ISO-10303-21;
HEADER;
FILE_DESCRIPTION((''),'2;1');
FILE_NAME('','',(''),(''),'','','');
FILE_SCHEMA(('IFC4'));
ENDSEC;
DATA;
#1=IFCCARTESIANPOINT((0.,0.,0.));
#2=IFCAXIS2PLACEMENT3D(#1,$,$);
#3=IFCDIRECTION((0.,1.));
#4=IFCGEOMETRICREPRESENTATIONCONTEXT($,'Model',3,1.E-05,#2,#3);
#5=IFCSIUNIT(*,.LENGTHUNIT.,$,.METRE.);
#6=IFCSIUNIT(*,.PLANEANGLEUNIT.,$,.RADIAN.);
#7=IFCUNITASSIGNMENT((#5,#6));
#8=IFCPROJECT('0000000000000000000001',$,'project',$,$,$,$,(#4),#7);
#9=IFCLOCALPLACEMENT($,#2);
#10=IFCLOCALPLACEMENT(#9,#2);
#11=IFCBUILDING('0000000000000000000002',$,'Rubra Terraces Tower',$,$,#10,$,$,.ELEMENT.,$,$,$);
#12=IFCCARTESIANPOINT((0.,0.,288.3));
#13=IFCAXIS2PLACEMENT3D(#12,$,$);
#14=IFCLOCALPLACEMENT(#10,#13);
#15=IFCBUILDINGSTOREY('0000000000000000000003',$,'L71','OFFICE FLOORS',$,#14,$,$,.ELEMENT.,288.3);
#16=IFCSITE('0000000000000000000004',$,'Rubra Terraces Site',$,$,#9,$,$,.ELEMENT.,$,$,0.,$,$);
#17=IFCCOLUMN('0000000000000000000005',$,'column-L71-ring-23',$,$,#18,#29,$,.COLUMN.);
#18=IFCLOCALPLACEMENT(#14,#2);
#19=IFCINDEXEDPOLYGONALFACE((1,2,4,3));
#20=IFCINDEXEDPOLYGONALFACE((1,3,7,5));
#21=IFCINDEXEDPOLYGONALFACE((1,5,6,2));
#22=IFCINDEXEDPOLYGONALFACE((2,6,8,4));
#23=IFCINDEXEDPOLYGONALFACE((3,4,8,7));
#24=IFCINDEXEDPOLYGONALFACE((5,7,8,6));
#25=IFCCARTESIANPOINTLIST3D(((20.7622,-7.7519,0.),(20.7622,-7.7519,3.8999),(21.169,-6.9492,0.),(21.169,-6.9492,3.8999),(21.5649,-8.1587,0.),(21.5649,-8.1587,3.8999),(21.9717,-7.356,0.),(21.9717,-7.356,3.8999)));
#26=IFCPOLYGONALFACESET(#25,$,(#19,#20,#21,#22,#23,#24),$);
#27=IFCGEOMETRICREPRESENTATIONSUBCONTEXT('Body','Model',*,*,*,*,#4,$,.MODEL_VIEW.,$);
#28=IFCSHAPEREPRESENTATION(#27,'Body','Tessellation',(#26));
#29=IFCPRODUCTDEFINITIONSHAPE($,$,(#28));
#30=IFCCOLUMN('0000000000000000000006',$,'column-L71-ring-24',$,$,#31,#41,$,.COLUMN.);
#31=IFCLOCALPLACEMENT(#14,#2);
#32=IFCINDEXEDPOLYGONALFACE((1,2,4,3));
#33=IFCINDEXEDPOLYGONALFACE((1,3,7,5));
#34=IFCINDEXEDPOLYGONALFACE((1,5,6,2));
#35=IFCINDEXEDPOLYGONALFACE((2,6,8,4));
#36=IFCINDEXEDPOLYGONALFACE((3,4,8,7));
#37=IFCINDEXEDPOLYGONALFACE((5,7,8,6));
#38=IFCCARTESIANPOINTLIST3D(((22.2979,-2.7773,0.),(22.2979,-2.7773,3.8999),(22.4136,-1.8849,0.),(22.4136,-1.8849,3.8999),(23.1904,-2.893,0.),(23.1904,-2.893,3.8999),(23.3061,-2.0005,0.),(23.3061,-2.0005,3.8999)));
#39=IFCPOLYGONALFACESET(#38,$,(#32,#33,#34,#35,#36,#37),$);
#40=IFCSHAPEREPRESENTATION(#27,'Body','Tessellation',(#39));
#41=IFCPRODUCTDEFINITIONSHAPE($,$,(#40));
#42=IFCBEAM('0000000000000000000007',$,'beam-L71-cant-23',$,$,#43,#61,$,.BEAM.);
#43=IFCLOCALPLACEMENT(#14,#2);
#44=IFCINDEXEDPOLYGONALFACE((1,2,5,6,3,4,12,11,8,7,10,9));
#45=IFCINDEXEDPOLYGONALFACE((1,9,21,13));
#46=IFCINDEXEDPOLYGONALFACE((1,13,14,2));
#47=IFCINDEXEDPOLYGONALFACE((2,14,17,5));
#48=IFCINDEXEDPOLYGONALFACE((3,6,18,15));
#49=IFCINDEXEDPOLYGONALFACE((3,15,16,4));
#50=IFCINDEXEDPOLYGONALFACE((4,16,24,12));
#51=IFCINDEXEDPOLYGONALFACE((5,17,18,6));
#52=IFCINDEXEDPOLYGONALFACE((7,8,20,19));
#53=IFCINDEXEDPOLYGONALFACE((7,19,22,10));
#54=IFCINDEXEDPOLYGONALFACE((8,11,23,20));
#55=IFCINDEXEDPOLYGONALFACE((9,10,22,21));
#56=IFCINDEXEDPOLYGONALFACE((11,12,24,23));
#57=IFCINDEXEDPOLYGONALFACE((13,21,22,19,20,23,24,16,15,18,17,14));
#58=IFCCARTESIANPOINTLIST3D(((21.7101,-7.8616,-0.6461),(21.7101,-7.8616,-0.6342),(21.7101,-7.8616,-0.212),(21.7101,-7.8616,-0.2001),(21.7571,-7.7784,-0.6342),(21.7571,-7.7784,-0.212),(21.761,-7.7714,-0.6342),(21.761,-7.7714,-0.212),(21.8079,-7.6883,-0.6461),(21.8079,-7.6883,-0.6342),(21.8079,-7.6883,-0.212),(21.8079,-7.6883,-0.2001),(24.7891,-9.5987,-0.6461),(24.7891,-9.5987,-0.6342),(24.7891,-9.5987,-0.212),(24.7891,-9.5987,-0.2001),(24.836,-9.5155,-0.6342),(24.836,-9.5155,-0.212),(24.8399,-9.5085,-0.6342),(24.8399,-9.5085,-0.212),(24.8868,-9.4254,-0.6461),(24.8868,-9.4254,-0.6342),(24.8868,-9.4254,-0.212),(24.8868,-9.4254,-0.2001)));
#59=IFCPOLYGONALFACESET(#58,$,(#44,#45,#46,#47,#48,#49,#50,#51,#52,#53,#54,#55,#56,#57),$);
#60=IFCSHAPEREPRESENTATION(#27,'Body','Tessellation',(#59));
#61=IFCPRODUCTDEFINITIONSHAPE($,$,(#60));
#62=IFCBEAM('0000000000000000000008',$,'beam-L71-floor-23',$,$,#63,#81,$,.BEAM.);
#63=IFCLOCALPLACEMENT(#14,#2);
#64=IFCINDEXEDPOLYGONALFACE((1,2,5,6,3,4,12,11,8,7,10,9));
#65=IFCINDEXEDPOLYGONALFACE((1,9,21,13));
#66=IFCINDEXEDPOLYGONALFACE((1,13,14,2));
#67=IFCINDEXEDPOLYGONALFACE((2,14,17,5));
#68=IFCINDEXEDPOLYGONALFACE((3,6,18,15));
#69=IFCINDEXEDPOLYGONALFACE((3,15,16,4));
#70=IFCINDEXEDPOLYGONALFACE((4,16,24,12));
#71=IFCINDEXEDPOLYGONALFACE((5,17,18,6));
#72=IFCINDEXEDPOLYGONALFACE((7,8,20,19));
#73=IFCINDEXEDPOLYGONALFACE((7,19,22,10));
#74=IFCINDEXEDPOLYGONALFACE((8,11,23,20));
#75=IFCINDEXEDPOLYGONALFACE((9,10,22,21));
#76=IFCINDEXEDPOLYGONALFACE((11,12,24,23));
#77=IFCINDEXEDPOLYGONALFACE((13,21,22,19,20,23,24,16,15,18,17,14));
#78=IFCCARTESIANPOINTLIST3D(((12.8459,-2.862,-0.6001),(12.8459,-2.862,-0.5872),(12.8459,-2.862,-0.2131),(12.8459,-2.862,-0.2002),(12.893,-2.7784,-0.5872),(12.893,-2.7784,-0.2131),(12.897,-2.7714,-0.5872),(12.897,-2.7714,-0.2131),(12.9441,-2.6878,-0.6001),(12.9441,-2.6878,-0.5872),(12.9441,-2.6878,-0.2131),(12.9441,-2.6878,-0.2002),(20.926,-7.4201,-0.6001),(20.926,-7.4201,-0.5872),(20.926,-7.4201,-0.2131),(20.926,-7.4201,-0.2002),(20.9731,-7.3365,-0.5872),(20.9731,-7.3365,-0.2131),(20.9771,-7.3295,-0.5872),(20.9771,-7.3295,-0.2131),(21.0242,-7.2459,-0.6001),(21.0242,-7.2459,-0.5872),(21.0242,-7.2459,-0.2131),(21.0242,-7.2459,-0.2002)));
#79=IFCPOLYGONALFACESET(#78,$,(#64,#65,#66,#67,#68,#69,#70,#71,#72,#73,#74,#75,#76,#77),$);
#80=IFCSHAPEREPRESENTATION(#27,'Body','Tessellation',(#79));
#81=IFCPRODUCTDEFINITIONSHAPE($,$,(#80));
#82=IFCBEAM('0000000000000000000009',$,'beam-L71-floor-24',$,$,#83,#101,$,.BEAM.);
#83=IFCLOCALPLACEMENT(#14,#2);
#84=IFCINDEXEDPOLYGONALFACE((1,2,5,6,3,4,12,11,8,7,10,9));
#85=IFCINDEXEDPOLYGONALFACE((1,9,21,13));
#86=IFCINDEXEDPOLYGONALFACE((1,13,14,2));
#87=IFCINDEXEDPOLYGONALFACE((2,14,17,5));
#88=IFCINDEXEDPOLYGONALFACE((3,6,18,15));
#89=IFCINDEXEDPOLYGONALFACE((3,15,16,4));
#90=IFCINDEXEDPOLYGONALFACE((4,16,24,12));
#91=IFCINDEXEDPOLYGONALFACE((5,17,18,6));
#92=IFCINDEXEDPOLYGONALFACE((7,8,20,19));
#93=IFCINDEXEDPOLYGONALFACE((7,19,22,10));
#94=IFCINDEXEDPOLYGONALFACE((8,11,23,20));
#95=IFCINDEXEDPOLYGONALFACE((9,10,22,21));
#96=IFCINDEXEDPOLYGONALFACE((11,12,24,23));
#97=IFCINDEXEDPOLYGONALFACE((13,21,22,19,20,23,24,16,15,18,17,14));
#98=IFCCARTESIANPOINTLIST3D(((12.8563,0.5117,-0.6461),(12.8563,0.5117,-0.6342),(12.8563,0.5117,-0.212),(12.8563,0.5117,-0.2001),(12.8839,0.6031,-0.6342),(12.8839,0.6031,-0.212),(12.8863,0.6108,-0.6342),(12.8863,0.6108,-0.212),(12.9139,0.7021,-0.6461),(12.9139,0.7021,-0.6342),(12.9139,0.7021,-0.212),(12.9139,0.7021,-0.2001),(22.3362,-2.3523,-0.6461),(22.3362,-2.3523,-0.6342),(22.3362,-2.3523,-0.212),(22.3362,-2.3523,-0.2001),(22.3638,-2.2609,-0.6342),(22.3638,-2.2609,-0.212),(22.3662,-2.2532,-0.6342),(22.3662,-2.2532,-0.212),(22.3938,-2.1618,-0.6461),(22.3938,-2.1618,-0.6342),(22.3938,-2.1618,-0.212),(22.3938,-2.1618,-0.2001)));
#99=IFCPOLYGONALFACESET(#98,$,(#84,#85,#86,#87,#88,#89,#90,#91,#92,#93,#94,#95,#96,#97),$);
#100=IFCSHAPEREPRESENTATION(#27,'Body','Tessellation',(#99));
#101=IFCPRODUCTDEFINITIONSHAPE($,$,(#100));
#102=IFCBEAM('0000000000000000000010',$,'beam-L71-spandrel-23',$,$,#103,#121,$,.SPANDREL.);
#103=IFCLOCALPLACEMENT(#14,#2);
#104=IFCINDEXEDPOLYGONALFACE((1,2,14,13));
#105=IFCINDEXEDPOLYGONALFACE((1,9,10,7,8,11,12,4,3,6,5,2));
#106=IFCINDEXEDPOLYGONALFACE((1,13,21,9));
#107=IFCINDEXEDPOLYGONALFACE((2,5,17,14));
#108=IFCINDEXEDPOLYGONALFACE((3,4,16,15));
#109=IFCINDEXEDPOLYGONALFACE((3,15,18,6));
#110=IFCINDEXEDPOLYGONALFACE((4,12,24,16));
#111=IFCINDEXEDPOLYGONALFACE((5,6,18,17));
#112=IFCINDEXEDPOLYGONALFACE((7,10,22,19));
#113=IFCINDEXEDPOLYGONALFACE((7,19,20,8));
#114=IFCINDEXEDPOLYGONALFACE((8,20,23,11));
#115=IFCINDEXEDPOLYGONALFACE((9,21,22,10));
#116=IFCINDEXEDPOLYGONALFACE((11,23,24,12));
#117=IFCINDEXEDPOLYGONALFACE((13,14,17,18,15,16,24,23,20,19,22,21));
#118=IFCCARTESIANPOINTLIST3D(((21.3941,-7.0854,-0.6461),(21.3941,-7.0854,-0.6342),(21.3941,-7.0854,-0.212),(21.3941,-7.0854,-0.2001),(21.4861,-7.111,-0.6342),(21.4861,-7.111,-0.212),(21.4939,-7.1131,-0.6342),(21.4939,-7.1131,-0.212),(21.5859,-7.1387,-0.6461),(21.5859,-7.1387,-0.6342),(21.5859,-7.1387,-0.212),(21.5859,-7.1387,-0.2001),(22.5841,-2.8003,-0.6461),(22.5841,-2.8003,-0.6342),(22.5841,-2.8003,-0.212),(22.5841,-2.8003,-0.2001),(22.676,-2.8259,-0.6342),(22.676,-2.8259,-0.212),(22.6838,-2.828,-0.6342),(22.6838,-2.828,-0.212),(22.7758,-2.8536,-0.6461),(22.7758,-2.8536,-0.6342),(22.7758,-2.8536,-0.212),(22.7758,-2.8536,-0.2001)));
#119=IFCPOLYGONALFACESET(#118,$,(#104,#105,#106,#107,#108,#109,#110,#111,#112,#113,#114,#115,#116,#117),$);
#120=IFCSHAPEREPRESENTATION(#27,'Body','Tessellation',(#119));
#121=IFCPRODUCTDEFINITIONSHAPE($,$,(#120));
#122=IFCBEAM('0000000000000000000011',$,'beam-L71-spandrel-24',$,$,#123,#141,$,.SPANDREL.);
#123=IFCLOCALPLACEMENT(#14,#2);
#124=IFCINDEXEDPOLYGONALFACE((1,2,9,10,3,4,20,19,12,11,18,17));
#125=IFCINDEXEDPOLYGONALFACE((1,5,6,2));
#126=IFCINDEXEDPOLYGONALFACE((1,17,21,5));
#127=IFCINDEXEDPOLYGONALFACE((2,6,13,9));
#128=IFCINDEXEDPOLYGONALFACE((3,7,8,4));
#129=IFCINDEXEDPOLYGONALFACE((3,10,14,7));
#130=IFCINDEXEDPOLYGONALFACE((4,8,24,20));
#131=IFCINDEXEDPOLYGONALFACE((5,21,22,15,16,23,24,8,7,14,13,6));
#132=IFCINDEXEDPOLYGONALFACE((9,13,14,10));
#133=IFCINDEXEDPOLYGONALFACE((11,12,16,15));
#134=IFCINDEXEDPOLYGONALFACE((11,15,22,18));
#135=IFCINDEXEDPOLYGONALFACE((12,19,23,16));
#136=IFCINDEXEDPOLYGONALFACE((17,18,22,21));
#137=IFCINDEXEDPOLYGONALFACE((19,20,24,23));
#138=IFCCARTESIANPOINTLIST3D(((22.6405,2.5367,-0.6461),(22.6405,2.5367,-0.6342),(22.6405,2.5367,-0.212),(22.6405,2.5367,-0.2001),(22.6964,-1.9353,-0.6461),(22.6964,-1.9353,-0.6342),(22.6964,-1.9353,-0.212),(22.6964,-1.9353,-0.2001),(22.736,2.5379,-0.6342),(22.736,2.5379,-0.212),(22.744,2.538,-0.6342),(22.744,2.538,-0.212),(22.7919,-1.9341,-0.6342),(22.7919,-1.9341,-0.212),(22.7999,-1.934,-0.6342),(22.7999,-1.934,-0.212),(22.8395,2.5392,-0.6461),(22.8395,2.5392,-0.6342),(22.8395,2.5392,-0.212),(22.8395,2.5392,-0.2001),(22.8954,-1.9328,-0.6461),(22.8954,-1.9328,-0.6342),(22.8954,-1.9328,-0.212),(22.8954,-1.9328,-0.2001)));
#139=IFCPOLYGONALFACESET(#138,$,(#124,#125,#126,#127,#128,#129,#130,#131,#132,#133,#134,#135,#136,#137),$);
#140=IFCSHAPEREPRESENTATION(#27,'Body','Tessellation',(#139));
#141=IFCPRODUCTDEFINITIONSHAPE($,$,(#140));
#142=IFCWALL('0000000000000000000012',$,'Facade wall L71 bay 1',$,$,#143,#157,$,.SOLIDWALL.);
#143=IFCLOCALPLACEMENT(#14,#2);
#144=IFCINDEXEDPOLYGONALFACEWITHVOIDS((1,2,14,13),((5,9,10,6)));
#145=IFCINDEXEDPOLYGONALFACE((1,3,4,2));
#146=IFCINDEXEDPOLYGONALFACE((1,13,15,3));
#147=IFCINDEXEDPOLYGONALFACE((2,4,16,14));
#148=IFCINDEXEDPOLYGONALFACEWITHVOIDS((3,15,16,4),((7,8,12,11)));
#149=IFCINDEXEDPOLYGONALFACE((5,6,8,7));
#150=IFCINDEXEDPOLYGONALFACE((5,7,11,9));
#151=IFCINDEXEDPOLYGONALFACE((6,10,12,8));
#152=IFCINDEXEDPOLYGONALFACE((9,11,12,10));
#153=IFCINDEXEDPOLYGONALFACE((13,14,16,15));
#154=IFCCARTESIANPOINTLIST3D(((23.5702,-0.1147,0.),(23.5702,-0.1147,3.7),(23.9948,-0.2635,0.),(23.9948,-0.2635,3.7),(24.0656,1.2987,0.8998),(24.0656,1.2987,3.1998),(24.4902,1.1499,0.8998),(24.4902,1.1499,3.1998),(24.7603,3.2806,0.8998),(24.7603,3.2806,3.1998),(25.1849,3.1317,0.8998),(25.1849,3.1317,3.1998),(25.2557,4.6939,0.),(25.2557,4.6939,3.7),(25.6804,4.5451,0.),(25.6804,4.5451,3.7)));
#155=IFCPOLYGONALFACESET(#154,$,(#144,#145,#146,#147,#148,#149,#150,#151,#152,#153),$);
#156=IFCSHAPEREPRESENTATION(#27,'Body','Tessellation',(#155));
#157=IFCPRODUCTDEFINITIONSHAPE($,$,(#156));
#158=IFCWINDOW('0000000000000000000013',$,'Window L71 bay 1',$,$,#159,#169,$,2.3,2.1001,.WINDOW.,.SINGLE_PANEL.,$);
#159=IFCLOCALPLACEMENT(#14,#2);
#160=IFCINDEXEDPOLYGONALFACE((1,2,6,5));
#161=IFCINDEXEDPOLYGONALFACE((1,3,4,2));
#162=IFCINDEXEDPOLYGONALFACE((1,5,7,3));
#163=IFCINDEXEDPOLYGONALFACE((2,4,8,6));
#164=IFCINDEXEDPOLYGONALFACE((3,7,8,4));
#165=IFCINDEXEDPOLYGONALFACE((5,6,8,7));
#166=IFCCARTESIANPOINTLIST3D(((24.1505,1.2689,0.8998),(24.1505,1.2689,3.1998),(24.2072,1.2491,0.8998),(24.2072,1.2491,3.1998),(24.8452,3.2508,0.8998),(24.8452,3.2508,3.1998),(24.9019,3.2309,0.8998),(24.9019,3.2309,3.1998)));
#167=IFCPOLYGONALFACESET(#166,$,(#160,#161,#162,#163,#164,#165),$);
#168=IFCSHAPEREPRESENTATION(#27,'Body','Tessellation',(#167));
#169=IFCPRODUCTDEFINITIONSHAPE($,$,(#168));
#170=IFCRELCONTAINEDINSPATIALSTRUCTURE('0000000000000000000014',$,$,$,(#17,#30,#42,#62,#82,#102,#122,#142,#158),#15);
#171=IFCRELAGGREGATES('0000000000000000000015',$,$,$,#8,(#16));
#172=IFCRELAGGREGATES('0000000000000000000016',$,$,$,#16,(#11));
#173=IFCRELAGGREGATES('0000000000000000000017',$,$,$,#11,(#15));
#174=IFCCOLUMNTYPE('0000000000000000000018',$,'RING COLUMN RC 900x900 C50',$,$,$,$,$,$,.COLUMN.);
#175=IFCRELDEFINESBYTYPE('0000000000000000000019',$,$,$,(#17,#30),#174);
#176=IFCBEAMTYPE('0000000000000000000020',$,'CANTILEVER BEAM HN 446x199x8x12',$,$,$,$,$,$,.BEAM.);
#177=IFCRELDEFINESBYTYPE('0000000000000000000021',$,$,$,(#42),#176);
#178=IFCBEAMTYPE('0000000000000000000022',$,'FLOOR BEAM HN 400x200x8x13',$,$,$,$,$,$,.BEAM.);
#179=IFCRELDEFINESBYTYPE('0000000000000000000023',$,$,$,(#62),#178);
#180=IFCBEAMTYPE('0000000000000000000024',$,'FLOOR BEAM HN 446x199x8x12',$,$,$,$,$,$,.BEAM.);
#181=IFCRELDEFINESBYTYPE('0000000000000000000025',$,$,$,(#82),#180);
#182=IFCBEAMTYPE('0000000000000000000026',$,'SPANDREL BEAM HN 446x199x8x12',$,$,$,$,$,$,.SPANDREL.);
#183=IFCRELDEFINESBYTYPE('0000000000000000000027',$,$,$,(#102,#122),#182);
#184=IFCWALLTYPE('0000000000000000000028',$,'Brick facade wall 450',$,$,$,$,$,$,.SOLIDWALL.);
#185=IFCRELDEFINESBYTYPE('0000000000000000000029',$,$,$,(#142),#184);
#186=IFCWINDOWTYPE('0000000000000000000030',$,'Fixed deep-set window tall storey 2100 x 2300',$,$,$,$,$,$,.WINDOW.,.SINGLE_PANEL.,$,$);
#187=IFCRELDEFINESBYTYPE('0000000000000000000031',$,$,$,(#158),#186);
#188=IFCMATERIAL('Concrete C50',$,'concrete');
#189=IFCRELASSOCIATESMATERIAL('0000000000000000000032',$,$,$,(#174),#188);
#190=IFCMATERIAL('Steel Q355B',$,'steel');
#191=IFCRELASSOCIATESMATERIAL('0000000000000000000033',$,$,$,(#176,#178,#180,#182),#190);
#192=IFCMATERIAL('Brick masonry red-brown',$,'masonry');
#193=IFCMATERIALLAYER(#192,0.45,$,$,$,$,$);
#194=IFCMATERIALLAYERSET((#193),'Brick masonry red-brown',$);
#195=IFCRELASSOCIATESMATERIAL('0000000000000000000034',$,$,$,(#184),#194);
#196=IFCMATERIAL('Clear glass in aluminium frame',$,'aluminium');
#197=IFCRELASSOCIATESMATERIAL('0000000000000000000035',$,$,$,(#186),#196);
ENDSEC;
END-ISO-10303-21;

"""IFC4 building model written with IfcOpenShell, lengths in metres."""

from ifc_helpers import new_model, si_unit, direction, frame, frame_2d, origin, origin_2d, place, context, subcontext, project, spatial, rectangle, i_section, extrude, material, layer, layer_set, material_profile, profile_set, type_object, element, fill, save


model = new_model("IFC4")

# Units and contexts
model_context = context("Model", 3, precision=1e-05, world=origin(), true_north=direction((0.0, 1.0)))
body_context = subcontext(model_context, "Body", "Model", "MODEL_VIEW")
ifc_project = project(units=[si_unit("LENGTHUNIT", "METRE"), si_unit("PLANEANGLEUNIT", "RADIAN")], contexts=[model_context])

# Site, building, storey
site_placement = place(None, origin())
site = spatial("IfcSite", under=ifc_project, at=site_placement, Name="Rubra Terraces Site", CompositionType="ELEMENT", RefElevation=0.0)
building_placement = place(site_placement, origin())
building = spatial("IfcBuilding", under=site, at=building_placement, Name="Rubra Terraces Tower", CompositionType="ELEMENT")
storey_placement = place(building_placement, frame((0.0, 0.0, 288.3)))
storey = spatial("IfcBuildingStorey", under=building, at=storey_placement, Name="L71", Description="OFFICE FLOORS", CompositionType="ELEMENT", Elevation=288.3)

# Columns
ifc_material_1 = material(Name="Concrete C50", Category="concrete")
ifc_material_profile_1 = material_profile(ifc_material_1, rectangle(XDim=0.8999, YDim=0.8999, at=origin_2d()), Name="RC 900x900")
ifc_profile_set_1 = profile_set([ifc_material_profile_1], Name="Concrete C50")
column_type = type_object("IfcColumnType", Name="RING COLUMN RC 900x900 C50", PredefinedType="COLUMN", material=ifc_profile_set_1)
for number, where, z_axis, x_axis, name in (
    (1, (21.3669, -7.554, 0.0), (0.0, 0.0, 1.0), (0.452079, 0.891978, 0.0), "column-L71-ring-23"),
    (2, (22.802, -2.3889, 0.0), (0.0, 0.0, 1.0), (0.128535, 0.991705, 0.0), "column-L71-ring-24"),
):
    element("IfcColumn", number, at=place(storey_placement, frame(where, z_axis=z_axis, x_axis=x_axis)), inside=storey, type_object=column_type, Name=name, PredefinedType="COLUMN", context=body_context, shape_type="SweptSolid", body=[
        extrude(rectangle(XDim=0.8999, YDim=0.8999, at=origin_2d()), origin(), (0.0, 0.0, 1.0), 3.8999),
    ])

# Beams
ifc_material_2 = material(Name="Steel Q355B", Category="steel")
ifc_material_profile_2 = material_profile(ifc_material_2, i_section(OverallWidth=0.199, OverallDepth=0.446, WebThickness=0.0081, FlangeThickness=0.012, at=origin_2d()), Name="HN 446x199x8x12")
ifc_profile_set_2 = profile_set([ifc_material_profile_2], Name="Steel Q355B")
beam_type_1 = type_object("IfcBeamType", Name="CANTILEVER BEAM HN 446x199x8x12", PredefinedType="BEAM", material=ifc_profile_set_2)
beam_1_placement = place(storey_placement, frame((21.759, -7.7749, -0.4231), z_axis=(0.870946, -0.491379, 0.0), x_axis=(0.491379, 0.870946, 0.0)))
element("IfcBeam", 3, at=beam_1_placement, inside=storey, type_object=beam_type_1, Name="beam-L71-cant-23", PredefinedType="BEAM", context=body_context, shape_type="SweptSolid", body=[
    extrude(i_section(OverallWidth=0.199, OverallDepth=0.446, WebThickness=0.0081, FlangeThickness=0.012, at=origin_2d()), origin(), (0.0, 0.0, 1.0), 3.5352),
])
ifc_material_profile_3 = material_profile(ifc_material_2, i_section(OverallWidth=0.2, OverallDepth=0.3999, WebThickness=0.0081, FlangeThickness=0.0129, at=origin_2d()), Name="HN 400x200x8x13")
ifc_profile_set_3 = profile_set([ifc_material_profile_3], Name="Steel Q355B")
beam_type_2 = type_object("IfcBeamType", Name="FLOOR BEAM HN 400x200x8x13", PredefinedType="BEAM", material=ifc_profile_set_3)
beam_2_placement = place(storey_placement, frame((20.9751, -7.333, -0.4001), z_axis=(-0.870973, 0.49133, 0.0), x_axis=(-0.49133, -0.870973, 0.0)))
element("IfcBeam", 4, at=beam_2_placement, inside=storey, type_object=beam_type_2, Name="beam-L71-floor-23", PredefinedType="BEAM", context=body_context, shape_type="SweptSolid", body=[
    extrude(i_section(OverallWidth=0.2, OverallDepth=0.3999, WebThickness=0.0081, FlangeThickness=0.0129, at=origin_2d()), origin(), (0.0, 0.0, 1.0), 9.2771),
])
ifc_material_profile_4 = material_profile(ifc_material_2, i_section(OverallWidth=0.199, OverallDepth=0.446, WebThickness=0.0081, FlangeThickness=0.012, at=origin_2d()), Name="HN 446x199x8x12")
ifc_profile_set_4 = profile_set([ifc_material_profile_4], Name="Steel Q355B")
beam_type_3 = type_object("IfcBeamType", Name="FLOOR BEAM HN 446x199x8x12", PredefinedType="BEAM", material=ifc_profile_set_4)
beam_3_placement = place(storey_placement, frame((22.365, -2.2571, -0.4231), z_axis=(-0.957268, 0.289202, 0.0), x_axis=(-0.289202, -0.957268, 0.0)))
element("IfcBeam", 5, at=beam_3_placement, inside=storey, type_object=beam_type_3, Name="beam-L71-floor-24", PredefinedType="BEAM", context=body_context, shape_type="SweptSolid", body=[
    extrude(i_section(OverallWidth=0.199, OverallDepth=0.446, WebThickness=0.0081, FlangeThickness=0.012, at=origin_2d()), origin(), (0.0, 0.0, 1.0), 9.9031),
])
ifc_material_profile_5 = material_profile(ifc_material_2, i_section(OverallWidth=0.199, OverallDepth=0.446, WebThickness=0.0081, FlangeThickness=0.012, at=origin_2d()), Name="HN 446x199x8x12")
ifc_profile_set_5 = profile_set([ifc_material_profile_5], Name="Steel Q355B")
beam_type_4 = type_object("IfcBeamType", Name="SPANDREL BEAM HN 446x199x8x12", PredefinedType="SPANDREL", material=ifc_profile_set_5)
beam_4_placement = place(storey_placement, frame((21.49, -7.1121, -0.4231), z_axis=(0.267565, 0.96354, 0.0), x_axis=(-0.96354, 0.267565, 0.0)))
element("IfcBeam", 6, at=beam_4_placement, inside=storey, type_object=beam_type_4, Name="beam-L71-spandrel-23", PredefinedType="SPANDREL", context=body_context, shape_type="SweptSolid", body=[
    extrude(i_section(OverallWidth=0.199, OverallDepth=0.446, WebThickness=0.0081, FlangeThickness=0.012, at=origin_2d()), origin(), (0.0, 0.0, 1.0), 4.4473),
])
beam_5_placement = place(storey_placement, frame((22.7959, -1.9341, -0.4231), z_axis=(-0.0125, 0.999922, 0.0), x_axis=(-0.999922, -0.0125, 0.0)))
element("IfcBeam", 7, at=beam_5_placement, inside=storey, type_object=beam_type_4, Name="beam-L71-spandrel-24", PredefinedType="SPANDREL", context=body_context, shape_type="SweptSolid", body=[
    extrude(i_section(OverallWidth=0.199, OverallDepth=0.446, WebThickness=0.0081, FlangeThickness=0.012, at=origin_2d()), origin(), (0.0, 0.0, 1.0), 4.4724),
])

# Wall, opening, window
ifc_material_3 = material(Name="Brick masonry red-brown", Category="masonry")
ifc_layer_1 = layer(ifc_material_3, 0.45)
ifc_layer_set_1 = layer_set([ifc_layer_1], Name="Brick masonry red-brown")
wall_type_1 = type_object("IfcWallType", Name="Brick facade wall 450", PredefinedType="SOLIDWALL", material=ifc_layer_set_1)
wall_1_placement = place(storey_placement, frame((23.7825, -0.1892, 0.0), z_axis=(0.0, 0.0, 1.0), x_axis=(0.330794, 0.943703, 0.0)))
wall_1 = element("IfcWall", 8, at=wall_1_placement, inside=storey, type_object=wall_type_1, Name="Facade wall L71 bay 1", PredefinedType="SOLIDWALL", context=body_context, shape_type="SweptSolid", body=[
    extrude(rectangle(XDim=5.0955, YDim=0.45, at=frame_2d((2.5479, 0.0))), origin(), (0.0, 0.0, 1.0), 3.7),
])
opening_1_placement = place(wall_1_placement, frame((1.4978, 0.0, 0.8999)))
opening_1 = element("IfcOpeningElement", 9, at=opening_1_placement, cuts=wall_1, PredefinedType="OPENING", context=body_context, shape_type="SweptSolid", body=[
    extrude(rectangle(XDim=2.1001, YDim=2.3, at=frame_2d((1.05, 1.1499))), frame((0.0, 0.2349, 0.0), z_axis=(0.0, -1.0, 0.0), x_axis=(1.0, 0.0, 0.0)), (0.0, 0.0, 1.0), 0.47),
])
ifc_material_4 = material(Name="Clear glass in aluminium frame", Category="aluminium")
window_type = type_object("IfcWindowType", Name="Fixed deep-set window tall storey 2100 x 2300", PartitioningType="SINGLE_PANEL", PredefinedType="WINDOW", material=ifc_material_4)
window_1_placement = place(opening_1_placement, origin())
window_1 = element("IfcWindow", 10, at=window_1_placement, inside=storey, type_object=window_type, Name="Window L71 bay 1", OverallHeight=2.3, OverallWidth=2.1001, PartitioningType="SINGLE_PANEL", PredefinedType="WINDOW", context=body_context, shape_type="SweptSolid", body=[
    extrude(rectangle(XDim=2.1001, YDim=2.3, at=frame_2d((1.05, 1.1499))), frame((0.0, 0.135, 0.0), z_axis=(0.0, -1.0, 0.0), x_axis=(1.0, 0.0, 0.0)), (0.0, 0.0, 1.0), 0.0601),
])
fill(opening_1, window_1)

save(model, "model.ifc")
